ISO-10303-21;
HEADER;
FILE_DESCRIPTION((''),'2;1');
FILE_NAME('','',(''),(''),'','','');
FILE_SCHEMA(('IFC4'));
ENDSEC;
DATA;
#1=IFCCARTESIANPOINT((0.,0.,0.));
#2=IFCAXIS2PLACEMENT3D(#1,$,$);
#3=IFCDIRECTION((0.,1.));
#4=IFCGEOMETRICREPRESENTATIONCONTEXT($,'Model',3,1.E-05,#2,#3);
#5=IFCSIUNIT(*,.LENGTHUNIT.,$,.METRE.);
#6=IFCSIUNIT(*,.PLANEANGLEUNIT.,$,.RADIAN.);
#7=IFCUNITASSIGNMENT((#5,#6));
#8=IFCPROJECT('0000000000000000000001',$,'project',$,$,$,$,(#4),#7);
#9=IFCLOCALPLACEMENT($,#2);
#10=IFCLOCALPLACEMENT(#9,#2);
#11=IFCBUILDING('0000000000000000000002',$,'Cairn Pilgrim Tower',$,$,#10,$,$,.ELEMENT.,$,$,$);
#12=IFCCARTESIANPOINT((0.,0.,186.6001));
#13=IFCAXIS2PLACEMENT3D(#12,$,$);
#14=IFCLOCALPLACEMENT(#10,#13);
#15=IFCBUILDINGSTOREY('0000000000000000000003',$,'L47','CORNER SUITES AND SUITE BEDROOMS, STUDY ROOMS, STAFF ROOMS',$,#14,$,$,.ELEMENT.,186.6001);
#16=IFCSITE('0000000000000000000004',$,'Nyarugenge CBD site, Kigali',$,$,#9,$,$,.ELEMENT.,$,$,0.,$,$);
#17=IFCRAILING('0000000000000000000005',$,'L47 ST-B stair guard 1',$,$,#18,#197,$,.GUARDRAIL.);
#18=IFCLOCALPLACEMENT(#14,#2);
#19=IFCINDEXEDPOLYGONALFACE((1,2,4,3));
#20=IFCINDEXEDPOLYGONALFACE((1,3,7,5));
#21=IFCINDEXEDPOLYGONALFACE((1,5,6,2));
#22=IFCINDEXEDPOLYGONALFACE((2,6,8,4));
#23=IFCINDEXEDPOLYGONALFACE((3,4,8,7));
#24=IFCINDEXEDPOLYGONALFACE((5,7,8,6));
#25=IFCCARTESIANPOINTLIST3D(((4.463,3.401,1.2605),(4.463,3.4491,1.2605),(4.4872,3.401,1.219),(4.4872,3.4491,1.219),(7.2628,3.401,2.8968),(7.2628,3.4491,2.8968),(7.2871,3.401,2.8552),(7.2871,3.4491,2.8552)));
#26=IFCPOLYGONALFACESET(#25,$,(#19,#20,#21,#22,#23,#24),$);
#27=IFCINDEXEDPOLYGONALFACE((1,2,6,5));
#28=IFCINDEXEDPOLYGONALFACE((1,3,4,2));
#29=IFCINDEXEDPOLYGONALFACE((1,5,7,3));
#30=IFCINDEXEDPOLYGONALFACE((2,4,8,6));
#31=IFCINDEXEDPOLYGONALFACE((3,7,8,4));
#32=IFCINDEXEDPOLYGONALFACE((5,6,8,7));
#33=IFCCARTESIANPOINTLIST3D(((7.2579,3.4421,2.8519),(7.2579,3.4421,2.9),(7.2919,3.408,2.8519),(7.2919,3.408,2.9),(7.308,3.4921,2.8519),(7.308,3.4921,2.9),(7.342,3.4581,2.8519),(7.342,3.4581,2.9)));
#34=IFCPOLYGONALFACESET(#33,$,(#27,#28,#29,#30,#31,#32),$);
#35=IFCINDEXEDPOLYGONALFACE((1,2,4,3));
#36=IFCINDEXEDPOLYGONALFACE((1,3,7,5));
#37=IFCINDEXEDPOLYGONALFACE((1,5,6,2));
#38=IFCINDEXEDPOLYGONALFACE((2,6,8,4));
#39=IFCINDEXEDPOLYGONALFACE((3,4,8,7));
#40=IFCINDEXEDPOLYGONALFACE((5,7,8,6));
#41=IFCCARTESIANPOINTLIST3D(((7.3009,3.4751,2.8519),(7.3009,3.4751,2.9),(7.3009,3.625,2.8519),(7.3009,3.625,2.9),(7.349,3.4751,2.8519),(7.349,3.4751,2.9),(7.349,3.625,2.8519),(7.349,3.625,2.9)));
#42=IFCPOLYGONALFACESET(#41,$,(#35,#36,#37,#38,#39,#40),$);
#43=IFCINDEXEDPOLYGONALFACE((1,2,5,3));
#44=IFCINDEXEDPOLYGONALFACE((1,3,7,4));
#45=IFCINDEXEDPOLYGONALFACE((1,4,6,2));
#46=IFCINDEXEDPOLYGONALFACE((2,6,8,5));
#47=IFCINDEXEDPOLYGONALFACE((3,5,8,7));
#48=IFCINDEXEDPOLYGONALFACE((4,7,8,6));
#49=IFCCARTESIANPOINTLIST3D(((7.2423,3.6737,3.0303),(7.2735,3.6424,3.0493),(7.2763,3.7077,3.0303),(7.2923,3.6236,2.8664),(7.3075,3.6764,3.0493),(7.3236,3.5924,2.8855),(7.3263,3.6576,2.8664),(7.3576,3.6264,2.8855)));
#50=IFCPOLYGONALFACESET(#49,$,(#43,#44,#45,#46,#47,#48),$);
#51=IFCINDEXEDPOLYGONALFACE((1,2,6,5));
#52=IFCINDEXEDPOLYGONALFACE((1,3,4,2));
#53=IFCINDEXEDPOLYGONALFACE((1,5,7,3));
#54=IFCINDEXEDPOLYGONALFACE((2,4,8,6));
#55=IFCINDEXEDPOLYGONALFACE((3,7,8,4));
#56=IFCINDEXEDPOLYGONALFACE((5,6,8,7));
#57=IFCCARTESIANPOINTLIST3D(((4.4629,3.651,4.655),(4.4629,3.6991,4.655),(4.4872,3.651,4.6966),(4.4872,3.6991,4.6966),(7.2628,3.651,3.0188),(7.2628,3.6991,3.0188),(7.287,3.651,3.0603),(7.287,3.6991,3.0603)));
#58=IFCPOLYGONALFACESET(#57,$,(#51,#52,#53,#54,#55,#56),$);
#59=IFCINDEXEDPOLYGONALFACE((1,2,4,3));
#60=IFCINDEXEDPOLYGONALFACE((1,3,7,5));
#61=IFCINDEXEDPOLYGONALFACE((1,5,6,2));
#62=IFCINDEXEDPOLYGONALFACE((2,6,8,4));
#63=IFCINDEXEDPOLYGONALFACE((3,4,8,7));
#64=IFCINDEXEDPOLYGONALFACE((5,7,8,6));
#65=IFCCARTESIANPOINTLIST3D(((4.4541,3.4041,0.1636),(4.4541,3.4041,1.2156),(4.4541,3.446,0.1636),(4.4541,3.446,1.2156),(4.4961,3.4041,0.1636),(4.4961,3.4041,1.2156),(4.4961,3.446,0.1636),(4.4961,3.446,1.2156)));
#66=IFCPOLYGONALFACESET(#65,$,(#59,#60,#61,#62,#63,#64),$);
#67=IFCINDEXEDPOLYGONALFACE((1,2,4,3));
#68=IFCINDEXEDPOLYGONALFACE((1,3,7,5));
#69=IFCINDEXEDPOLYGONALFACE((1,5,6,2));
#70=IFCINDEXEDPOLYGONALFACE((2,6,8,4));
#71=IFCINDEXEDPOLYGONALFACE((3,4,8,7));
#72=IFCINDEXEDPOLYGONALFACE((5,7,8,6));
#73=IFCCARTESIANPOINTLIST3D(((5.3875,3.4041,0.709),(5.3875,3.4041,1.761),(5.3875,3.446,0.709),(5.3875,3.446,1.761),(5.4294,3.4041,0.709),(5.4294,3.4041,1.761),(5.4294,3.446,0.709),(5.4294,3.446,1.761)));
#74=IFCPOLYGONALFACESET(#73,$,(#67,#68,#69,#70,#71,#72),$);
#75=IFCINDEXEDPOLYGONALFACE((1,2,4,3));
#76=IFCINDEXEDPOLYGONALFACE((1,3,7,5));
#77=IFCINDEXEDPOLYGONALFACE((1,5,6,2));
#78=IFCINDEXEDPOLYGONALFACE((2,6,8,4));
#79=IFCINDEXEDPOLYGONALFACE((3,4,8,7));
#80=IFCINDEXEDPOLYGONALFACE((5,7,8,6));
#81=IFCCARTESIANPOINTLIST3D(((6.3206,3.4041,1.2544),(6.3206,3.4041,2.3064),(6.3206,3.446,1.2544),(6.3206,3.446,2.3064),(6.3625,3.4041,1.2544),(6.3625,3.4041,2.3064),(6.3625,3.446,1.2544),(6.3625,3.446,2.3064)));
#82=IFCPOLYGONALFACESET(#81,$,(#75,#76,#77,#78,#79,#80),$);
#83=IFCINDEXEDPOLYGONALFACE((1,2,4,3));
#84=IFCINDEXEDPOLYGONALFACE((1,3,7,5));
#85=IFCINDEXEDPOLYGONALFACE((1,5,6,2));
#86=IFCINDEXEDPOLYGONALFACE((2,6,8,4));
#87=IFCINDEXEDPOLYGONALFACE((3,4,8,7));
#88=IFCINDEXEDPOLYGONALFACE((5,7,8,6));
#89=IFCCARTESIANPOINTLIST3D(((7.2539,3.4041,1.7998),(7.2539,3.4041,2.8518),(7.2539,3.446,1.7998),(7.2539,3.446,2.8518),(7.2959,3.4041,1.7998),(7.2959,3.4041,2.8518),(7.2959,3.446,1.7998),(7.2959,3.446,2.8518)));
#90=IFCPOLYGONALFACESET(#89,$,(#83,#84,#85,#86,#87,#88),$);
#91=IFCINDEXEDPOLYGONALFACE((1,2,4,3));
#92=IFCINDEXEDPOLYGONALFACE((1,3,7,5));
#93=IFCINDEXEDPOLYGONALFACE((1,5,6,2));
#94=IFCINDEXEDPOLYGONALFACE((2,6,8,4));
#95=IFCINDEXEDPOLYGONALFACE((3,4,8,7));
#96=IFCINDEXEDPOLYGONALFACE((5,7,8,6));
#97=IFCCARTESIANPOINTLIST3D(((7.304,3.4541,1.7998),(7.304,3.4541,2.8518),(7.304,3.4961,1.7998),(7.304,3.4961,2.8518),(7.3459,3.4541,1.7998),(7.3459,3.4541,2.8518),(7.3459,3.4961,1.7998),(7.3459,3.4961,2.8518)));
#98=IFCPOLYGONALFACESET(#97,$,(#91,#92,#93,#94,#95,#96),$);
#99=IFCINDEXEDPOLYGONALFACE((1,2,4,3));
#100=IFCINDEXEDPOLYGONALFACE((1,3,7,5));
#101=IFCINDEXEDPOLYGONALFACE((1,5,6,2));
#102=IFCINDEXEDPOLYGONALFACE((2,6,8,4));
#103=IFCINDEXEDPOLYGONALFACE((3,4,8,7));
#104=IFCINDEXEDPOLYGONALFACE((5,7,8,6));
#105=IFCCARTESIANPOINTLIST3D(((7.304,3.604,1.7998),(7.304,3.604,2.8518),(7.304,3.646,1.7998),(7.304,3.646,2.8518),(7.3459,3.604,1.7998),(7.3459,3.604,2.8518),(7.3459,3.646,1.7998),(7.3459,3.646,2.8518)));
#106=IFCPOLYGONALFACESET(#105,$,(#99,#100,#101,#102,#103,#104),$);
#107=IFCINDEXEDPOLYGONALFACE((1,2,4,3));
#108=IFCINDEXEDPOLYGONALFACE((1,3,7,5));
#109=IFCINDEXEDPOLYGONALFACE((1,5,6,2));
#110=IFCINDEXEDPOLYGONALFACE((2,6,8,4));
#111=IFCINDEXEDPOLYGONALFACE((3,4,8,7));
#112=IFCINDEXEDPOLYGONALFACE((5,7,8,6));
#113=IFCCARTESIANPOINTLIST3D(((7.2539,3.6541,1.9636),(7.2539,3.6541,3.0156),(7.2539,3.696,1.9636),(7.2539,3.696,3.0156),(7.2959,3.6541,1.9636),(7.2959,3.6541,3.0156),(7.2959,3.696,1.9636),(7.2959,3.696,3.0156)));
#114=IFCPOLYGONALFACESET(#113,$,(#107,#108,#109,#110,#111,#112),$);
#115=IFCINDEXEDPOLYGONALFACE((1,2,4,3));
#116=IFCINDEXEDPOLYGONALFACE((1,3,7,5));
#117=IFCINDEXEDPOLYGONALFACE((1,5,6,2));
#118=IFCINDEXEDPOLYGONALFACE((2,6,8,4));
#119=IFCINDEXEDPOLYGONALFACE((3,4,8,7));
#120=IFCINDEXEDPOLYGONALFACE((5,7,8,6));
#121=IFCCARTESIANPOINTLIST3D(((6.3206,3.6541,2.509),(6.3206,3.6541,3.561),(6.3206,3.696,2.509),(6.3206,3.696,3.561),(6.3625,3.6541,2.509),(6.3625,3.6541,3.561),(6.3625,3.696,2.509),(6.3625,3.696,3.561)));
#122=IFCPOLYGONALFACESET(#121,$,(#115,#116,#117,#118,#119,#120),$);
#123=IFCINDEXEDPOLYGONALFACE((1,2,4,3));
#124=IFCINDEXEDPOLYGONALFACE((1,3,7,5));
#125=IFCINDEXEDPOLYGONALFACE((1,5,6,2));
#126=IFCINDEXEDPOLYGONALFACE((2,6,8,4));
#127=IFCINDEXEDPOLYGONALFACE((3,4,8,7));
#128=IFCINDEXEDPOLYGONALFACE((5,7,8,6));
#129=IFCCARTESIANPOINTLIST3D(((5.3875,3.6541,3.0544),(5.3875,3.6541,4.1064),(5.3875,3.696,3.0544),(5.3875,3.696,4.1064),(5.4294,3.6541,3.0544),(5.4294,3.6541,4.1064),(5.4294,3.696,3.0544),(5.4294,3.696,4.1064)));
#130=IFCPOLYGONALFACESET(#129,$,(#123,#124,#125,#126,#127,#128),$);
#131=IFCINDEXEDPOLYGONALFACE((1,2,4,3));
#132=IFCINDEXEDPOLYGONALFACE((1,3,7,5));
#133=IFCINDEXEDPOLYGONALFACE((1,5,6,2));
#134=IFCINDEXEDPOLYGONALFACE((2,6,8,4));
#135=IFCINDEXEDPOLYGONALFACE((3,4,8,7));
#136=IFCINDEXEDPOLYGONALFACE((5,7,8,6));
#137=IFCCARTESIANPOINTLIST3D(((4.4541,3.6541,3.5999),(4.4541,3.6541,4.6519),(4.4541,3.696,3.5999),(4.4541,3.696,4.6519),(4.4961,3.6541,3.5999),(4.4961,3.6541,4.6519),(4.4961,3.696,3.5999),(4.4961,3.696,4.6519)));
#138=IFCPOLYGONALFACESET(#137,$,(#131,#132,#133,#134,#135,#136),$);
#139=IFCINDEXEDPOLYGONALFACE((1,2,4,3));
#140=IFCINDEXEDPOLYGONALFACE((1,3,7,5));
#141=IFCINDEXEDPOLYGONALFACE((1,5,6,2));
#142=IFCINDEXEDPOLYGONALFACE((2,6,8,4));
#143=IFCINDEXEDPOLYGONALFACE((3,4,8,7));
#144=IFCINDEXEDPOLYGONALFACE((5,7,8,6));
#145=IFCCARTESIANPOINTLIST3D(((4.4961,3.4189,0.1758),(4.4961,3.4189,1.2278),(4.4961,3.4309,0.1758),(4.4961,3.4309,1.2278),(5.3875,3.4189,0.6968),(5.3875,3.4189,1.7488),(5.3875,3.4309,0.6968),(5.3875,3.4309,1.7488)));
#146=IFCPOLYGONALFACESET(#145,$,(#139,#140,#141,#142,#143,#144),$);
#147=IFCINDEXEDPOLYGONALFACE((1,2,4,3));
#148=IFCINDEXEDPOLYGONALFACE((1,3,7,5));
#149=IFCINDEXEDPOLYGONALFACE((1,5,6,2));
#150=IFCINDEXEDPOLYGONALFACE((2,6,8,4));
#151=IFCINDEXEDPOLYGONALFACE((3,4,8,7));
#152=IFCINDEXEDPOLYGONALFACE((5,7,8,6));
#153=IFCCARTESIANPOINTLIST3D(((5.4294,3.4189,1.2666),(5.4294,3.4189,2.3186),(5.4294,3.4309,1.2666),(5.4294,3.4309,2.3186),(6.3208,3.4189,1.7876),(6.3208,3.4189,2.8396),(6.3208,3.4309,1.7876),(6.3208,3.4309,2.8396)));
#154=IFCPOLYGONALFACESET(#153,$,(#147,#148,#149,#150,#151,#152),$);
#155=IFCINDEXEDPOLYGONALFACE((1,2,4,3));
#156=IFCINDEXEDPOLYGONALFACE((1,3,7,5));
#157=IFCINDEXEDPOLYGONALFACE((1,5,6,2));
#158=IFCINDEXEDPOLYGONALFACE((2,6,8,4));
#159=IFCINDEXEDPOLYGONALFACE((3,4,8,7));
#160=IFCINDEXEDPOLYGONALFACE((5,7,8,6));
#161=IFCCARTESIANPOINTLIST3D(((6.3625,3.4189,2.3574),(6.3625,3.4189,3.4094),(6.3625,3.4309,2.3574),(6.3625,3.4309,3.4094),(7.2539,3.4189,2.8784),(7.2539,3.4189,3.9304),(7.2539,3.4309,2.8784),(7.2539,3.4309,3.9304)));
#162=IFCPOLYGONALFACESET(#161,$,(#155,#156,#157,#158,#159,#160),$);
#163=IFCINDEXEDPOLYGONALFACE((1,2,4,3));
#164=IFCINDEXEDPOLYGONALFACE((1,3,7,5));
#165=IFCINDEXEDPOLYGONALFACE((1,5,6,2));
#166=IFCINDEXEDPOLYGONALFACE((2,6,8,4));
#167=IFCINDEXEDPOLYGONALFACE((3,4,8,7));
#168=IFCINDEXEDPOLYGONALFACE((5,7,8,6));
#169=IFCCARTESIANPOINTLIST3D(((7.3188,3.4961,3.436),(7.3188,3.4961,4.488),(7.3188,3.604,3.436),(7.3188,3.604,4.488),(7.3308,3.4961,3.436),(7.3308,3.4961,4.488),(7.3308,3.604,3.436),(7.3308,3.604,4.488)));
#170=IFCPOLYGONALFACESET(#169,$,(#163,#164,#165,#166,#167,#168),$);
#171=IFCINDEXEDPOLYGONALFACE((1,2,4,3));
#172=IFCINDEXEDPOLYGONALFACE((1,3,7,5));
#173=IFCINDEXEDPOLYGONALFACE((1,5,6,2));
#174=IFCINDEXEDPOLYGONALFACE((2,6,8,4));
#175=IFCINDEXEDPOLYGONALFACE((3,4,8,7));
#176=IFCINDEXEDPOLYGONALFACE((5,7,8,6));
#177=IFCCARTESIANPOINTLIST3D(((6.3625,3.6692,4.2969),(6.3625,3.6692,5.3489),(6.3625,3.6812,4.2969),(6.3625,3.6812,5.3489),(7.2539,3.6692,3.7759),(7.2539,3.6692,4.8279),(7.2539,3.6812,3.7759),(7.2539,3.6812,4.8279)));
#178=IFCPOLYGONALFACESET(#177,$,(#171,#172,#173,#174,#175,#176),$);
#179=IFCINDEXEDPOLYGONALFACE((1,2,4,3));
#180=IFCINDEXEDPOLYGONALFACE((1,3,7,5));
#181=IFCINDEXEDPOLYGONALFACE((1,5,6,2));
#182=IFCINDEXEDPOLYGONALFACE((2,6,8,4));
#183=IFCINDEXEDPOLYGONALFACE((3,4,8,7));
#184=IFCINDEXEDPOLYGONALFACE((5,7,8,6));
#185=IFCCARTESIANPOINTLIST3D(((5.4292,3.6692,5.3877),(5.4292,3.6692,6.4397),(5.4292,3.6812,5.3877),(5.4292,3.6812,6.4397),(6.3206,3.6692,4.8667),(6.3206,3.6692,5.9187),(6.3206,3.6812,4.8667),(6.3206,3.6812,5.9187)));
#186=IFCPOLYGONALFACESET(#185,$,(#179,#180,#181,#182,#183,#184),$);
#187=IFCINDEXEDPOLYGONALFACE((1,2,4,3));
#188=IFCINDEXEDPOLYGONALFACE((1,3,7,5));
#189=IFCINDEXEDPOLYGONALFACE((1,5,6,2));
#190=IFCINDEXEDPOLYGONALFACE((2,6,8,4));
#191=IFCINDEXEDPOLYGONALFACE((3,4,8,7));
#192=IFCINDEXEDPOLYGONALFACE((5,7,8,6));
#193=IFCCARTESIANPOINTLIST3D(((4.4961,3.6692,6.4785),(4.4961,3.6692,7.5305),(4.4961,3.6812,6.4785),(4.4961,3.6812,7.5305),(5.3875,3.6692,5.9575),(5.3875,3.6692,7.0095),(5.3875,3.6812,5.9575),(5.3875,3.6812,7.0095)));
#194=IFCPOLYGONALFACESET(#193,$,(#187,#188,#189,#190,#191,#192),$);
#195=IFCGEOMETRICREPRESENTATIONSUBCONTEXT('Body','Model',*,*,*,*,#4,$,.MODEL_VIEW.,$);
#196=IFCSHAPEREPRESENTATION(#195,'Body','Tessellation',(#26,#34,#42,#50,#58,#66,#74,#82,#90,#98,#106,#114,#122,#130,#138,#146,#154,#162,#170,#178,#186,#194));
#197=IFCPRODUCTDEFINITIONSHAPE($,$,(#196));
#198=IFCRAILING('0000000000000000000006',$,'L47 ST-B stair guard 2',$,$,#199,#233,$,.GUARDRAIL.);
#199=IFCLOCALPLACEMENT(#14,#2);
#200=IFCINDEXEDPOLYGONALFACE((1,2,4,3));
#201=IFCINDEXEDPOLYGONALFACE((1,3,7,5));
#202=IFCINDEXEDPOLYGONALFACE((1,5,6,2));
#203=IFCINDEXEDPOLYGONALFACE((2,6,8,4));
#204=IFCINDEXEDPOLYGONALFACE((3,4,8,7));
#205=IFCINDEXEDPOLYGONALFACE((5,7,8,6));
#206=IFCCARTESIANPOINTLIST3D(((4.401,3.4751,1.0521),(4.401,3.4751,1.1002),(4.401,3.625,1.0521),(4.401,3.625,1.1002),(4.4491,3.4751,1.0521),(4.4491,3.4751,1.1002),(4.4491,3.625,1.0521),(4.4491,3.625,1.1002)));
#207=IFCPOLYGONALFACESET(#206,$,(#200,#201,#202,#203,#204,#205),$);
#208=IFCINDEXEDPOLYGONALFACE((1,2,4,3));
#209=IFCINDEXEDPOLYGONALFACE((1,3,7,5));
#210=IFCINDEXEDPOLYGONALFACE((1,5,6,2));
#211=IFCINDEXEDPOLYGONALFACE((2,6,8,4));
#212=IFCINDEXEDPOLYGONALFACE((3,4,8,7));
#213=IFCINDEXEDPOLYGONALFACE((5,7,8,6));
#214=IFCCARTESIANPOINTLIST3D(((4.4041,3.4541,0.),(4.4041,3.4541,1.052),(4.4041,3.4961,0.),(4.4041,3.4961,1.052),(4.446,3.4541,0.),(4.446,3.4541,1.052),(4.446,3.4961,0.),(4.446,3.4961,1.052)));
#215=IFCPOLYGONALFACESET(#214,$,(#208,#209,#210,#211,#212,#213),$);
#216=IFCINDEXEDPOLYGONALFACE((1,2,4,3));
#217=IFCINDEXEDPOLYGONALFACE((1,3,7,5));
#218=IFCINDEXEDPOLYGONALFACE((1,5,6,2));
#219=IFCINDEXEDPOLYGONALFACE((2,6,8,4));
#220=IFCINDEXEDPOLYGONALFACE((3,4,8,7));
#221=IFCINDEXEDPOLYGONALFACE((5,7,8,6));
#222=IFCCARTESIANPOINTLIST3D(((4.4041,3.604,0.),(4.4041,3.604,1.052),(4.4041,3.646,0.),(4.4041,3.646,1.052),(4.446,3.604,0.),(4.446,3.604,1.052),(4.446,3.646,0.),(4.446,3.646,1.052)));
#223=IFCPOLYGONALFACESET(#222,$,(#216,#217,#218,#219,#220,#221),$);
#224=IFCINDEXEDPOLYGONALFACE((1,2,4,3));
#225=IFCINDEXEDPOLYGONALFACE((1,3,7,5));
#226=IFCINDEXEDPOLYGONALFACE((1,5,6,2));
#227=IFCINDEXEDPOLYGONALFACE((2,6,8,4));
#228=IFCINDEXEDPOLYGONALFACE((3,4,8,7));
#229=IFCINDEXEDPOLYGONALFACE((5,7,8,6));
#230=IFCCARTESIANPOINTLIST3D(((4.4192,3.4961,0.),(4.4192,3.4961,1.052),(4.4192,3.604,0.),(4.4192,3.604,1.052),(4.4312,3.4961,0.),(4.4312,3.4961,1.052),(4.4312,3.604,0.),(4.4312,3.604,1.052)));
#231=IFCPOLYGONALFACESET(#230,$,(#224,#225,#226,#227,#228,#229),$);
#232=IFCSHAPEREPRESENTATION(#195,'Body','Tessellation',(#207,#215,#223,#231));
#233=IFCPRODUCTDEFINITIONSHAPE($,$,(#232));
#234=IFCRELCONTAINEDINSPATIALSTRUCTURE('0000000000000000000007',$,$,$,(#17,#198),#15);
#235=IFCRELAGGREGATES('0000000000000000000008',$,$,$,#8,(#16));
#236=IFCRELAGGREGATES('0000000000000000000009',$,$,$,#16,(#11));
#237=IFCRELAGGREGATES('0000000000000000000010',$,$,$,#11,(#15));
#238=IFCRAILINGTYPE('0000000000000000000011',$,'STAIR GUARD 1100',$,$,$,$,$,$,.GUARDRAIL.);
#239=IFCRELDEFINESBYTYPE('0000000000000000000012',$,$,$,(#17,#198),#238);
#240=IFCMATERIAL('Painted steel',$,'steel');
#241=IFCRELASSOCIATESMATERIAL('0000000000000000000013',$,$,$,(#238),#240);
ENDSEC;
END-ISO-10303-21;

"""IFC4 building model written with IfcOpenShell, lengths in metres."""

from ifc_helpers import new_model, si_unit, direction, frame, origin, origin_2d, place, context, subcontext, project, spatial, polyline, rectangle, outline, extrude, material, type_object, element, save


model = new_model("IFC4")

# Units and contexts
model_context = context("Model", 3, precision=1e-05, world=origin(), true_north=direction((0.0, 1.0)))
body_context = subcontext(model_context, "Body", "Model", "MODEL_VIEW")
ifc_project = project(units=[si_unit("LENGTHUNIT", "METRE"), si_unit("PLANEANGLEUNIT", "RADIAN")], contexts=[model_context])

# Site, building, storey
site_placement = place(None, origin())
site = spatial("IfcSite", under=ifc_project, at=site_placement, Name="Nyarugenge CBD site, Kigali", CompositionType="ELEMENT", RefElevation=0.0)
building_placement = place(site_placement, origin())
building = spatial("IfcBuilding", under=site, at=building_placement, Name="Cairn Pilgrim Tower", CompositionType="ELEMENT")
storey_placement = place(building_placement, frame((0.0, 0.0, 186.6001)))
storey = spatial("IfcBuildingStorey", under=building, at=storey_placement, Name="L47", Description="CORNER SUITES AND SUITE BEDROOMS, STUDY ROOMS, STAFF ROOMS", CompositionType="ELEMENT", Elevation=186.6001)

# Shared definitions
ifc_material_1 = material(Name="Painted steel", Category="steel")

# Railings
railing_type = type_object("IfcRailingType", Name="STAIR GUARD 1100", PredefinedType="GUARDRAIL", material=ifc_material_1)
railing_1_placement = place(storey_placement, frame((4.4751, 3.425, 0.1636)))
element("IfcRailing", 1, at=railing_1_placement, inside=storey, type_object=railing_type, Name="L47 ST-B stair guard 1", PredefinedType="GUARDRAIL", context=body_context, shape_type="SweptSolid", body=[
    extrude(rectangle(XDim=0.0481, YDim=0.0481, at=origin_2d()), frame((0.0, 0.0, 1.0762), z_axis=(0.863374, 0.0, 0.504564), x_axis=(0.0, 1.0, 0.0)), (0.0, 0.0, 1.0), 3.2429),
    extrude(rectangle(XDim=0.0481, YDim=0.0481, at=origin_2d()), frame((2.7998, 0.0, 2.7124), z_axis=(0.707107, 0.707107, 0.0), x_axis=(-0.707107, 0.707107, 0.0)), (0.0, 0.0, 1.0), 0.0708),
    extrude(rectangle(XDim=0.0481, YDim=0.0481, at=origin_2d()), frame((2.8499, 0.05, 2.7124), z_axis=(0.0, 1.0, 0.0), x_axis=(-1.0, 0.0, 0.0)), (0.0, 0.0, 1.0), 0.1499),
    extrude(rectangle(XDim=0.0481, YDim=0.0481, at=origin_2d()), frame((2.8499, 0.2, 2.7124), z_axis=(-0.280456, 0.280456, 0.917981), x_axis=(-0.707107, -0.707107, 0.0)), (0.0, 0.0, 1.0), 0.1785),
    extrude(rectangle(XDim=0.0481, YDim=0.0481, at=origin_2d()), frame((2.7998, 0.25, 2.876), z_axis=(-0.863374, 0.0, 0.504564), x_axis=(0.0, -1.0, 0.0)), (0.0, 0.0, 1.0), 3.2429),
    extrude(rectangle(XDim=0.042, YDim=0.042, at=origin_2d()), origin(), (0.0, 0.0, 1.0), 1.052),
    extrude(rectangle(XDim=0.042, YDim=0.042, at=origin_2d()), frame((0.9333, 0.0, 0.5454)), (0.0, 0.0, 1.0), 1.052),
    extrude(rectangle(XDim=0.042, YDim=0.042, at=origin_2d()), frame((1.8665, 0.0, 1.0908)), (0.0, 0.0, 1.0), 1.052),
    extrude(rectangle(XDim=0.042, YDim=0.042, at=origin_2d()), frame((2.7998, 0.0, 1.6362)), (0.0, 0.0, 1.0), 1.052),
    extrude(rectangle(XDim=0.042, YDim=0.042, at=origin_2d()), frame((2.8499, 0.05, 1.6362)), (0.0, 0.0, 1.0), 1.052),
    extrude(rectangle(XDim=0.042, YDim=0.042, at=origin_2d()), frame((2.8499, 0.2, 1.6362)), (0.0, 0.0, 1.0), 1.052),
    extrude(rectangle(XDim=0.042, YDim=0.042, at=origin_2d()), frame((2.7998, 0.25, 1.8)), (0.0, 0.0, 1.0), 1.052),
    extrude(rectangle(XDim=0.042, YDim=0.042, at=origin_2d()), frame((1.8665, 0.25, 2.3455)), (0.0, 0.0, 1.0), 1.052),
    extrude(rectangle(XDim=0.042, YDim=0.042, at=origin_2d()), frame((0.9333, 0.25, 2.8909)), (0.0, 0.0, 1.0), 1.052),
    extrude(rectangle(XDim=0.042, YDim=0.042, at=origin_2d()), frame((0.0, 0.25, 3.4363)), (0.0, 0.0, 1.0), 1.052),
    extrude(outline(polyline([(0.021, 0.0122), (0.9124, 0.5332), (0.9124, 1.5852), (0.021, 1.0642), (0.021, 0.0122)])), frame((0.0, 0.0059, 0.0), z_axis=(0.0, -1.0, 0.0), x_axis=(1.0, 0.0, 0.0)), (0.0, 0.0, 1.0), 0.012),
    extrude(outline(polyline([(0.021, 0.5576), (0.9124, 1.0786), (0.9124, 2.1306), (0.021, 1.6096), (0.021, 0.5576)])), frame((0.9333, 0.0059, 0.5454), z_axis=(0.0, -1.0, 0.0), x_axis=(1.0, 0.0, 0.0)), (0.0, 0.0, 1.0), 0.012),
    extrude(outline(polyline([(0.021, 1.103), (0.9124, 1.624), (0.9124, 2.676), (0.021, 2.155), (0.021, 1.103)])), frame((1.8665, 0.0059, 1.0908), z_axis=(0.0, -1.0, 0.0), x_axis=(1.0, 0.0, 0.0)), (0.0, 0.0, 1.0), 0.012),
    extrude(outline(polyline([(0.021, 1.6362), (0.1289, 1.6362), (0.1289, 2.6882), (0.021, 2.6882), (0.021, 1.6362)])), frame((2.8438, 0.05, 1.6362), z_axis=(1.0, 0.0, 0.0), x_axis=(0.0, 1.0, 0.0)), (0.0, 0.0, 1.0), 0.012),
    extrude(outline(polyline([(0.021, 1.8123), (0.9124, 2.3333), (0.9124, 3.3853), (0.021, 2.8643), (0.021, 1.8123)])), frame((2.7998, 0.2441, 1.8), z_axis=(0.0, 1.0, 0.0), x_axis=(-1.0, 0.0, 0.0)), (0.0, 0.0, 1.0), 0.012),
    extrude(outline(polyline([(0.021, 2.3577), (0.9124, 2.8787), (0.9124, 3.9307), (0.021, 3.4097), (0.021, 2.3577)])), frame((1.8665, 0.2441, 2.3455), z_axis=(0.0, 1.0, 0.0), x_axis=(-1.0, 0.0, 0.0)), (0.0, 0.0, 1.0), 0.012),
    extrude(outline(polyline([(0.021, 2.9031), (0.9124, 3.4241), (0.9124, 4.4761), (0.021, 3.9551), (0.021, 2.9031)])), frame((0.9333, 0.2441, 2.8909), z_axis=(0.0, 1.0, 0.0), x_axis=(-1.0, 0.0, 0.0)), (0.0, 0.0, 1.0), 0.012),
])
railing_2_placement = place(storey_placement, frame((4.425, 3.4751, 0.0)))
element("IfcRailing", 2, at=railing_2_placement, inside=storey, type_object=railing_type, Name="L47 ST-B stair guard 2", PredefinedType="GUARDRAIL", context=body_context, shape_type="SweptSolid", body=[
    extrude(rectangle(XDim=0.0481, YDim=0.0481, at=origin_2d()), frame((0.0, 0.0, 1.0762), z_axis=(0.0, 1.0, 0.0), x_axis=(-1.0, 0.0, 0.0)), (0.0, 0.0, 1.0), 0.1499),
    extrude(rectangle(XDim=0.042, YDim=0.042, at=origin_2d()), origin(), (0.0, 0.0, 1.0), 1.052),
    extrude(rectangle(XDim=0.042, YDim=0.042, at=origin_2d()), frame((0.0, 0.1499, 0.0)), (0.0, 0.0, 1.0), 1.052),
    extrude(outline(polyline([(0.021, 0.0), (0.1289, 0.0), (0.1289, 1.052), (0.021, 1.052), (0.021, 0.0)])), frame((-0.0059, 0.0, 0.0), z_axis=(1.0, 0.0, 0.0), x_axis=(0.0, 1.0, 0.0)), (0.0, 0.0, 1.0), 0.012),
])

save(model, "model.ifc")
